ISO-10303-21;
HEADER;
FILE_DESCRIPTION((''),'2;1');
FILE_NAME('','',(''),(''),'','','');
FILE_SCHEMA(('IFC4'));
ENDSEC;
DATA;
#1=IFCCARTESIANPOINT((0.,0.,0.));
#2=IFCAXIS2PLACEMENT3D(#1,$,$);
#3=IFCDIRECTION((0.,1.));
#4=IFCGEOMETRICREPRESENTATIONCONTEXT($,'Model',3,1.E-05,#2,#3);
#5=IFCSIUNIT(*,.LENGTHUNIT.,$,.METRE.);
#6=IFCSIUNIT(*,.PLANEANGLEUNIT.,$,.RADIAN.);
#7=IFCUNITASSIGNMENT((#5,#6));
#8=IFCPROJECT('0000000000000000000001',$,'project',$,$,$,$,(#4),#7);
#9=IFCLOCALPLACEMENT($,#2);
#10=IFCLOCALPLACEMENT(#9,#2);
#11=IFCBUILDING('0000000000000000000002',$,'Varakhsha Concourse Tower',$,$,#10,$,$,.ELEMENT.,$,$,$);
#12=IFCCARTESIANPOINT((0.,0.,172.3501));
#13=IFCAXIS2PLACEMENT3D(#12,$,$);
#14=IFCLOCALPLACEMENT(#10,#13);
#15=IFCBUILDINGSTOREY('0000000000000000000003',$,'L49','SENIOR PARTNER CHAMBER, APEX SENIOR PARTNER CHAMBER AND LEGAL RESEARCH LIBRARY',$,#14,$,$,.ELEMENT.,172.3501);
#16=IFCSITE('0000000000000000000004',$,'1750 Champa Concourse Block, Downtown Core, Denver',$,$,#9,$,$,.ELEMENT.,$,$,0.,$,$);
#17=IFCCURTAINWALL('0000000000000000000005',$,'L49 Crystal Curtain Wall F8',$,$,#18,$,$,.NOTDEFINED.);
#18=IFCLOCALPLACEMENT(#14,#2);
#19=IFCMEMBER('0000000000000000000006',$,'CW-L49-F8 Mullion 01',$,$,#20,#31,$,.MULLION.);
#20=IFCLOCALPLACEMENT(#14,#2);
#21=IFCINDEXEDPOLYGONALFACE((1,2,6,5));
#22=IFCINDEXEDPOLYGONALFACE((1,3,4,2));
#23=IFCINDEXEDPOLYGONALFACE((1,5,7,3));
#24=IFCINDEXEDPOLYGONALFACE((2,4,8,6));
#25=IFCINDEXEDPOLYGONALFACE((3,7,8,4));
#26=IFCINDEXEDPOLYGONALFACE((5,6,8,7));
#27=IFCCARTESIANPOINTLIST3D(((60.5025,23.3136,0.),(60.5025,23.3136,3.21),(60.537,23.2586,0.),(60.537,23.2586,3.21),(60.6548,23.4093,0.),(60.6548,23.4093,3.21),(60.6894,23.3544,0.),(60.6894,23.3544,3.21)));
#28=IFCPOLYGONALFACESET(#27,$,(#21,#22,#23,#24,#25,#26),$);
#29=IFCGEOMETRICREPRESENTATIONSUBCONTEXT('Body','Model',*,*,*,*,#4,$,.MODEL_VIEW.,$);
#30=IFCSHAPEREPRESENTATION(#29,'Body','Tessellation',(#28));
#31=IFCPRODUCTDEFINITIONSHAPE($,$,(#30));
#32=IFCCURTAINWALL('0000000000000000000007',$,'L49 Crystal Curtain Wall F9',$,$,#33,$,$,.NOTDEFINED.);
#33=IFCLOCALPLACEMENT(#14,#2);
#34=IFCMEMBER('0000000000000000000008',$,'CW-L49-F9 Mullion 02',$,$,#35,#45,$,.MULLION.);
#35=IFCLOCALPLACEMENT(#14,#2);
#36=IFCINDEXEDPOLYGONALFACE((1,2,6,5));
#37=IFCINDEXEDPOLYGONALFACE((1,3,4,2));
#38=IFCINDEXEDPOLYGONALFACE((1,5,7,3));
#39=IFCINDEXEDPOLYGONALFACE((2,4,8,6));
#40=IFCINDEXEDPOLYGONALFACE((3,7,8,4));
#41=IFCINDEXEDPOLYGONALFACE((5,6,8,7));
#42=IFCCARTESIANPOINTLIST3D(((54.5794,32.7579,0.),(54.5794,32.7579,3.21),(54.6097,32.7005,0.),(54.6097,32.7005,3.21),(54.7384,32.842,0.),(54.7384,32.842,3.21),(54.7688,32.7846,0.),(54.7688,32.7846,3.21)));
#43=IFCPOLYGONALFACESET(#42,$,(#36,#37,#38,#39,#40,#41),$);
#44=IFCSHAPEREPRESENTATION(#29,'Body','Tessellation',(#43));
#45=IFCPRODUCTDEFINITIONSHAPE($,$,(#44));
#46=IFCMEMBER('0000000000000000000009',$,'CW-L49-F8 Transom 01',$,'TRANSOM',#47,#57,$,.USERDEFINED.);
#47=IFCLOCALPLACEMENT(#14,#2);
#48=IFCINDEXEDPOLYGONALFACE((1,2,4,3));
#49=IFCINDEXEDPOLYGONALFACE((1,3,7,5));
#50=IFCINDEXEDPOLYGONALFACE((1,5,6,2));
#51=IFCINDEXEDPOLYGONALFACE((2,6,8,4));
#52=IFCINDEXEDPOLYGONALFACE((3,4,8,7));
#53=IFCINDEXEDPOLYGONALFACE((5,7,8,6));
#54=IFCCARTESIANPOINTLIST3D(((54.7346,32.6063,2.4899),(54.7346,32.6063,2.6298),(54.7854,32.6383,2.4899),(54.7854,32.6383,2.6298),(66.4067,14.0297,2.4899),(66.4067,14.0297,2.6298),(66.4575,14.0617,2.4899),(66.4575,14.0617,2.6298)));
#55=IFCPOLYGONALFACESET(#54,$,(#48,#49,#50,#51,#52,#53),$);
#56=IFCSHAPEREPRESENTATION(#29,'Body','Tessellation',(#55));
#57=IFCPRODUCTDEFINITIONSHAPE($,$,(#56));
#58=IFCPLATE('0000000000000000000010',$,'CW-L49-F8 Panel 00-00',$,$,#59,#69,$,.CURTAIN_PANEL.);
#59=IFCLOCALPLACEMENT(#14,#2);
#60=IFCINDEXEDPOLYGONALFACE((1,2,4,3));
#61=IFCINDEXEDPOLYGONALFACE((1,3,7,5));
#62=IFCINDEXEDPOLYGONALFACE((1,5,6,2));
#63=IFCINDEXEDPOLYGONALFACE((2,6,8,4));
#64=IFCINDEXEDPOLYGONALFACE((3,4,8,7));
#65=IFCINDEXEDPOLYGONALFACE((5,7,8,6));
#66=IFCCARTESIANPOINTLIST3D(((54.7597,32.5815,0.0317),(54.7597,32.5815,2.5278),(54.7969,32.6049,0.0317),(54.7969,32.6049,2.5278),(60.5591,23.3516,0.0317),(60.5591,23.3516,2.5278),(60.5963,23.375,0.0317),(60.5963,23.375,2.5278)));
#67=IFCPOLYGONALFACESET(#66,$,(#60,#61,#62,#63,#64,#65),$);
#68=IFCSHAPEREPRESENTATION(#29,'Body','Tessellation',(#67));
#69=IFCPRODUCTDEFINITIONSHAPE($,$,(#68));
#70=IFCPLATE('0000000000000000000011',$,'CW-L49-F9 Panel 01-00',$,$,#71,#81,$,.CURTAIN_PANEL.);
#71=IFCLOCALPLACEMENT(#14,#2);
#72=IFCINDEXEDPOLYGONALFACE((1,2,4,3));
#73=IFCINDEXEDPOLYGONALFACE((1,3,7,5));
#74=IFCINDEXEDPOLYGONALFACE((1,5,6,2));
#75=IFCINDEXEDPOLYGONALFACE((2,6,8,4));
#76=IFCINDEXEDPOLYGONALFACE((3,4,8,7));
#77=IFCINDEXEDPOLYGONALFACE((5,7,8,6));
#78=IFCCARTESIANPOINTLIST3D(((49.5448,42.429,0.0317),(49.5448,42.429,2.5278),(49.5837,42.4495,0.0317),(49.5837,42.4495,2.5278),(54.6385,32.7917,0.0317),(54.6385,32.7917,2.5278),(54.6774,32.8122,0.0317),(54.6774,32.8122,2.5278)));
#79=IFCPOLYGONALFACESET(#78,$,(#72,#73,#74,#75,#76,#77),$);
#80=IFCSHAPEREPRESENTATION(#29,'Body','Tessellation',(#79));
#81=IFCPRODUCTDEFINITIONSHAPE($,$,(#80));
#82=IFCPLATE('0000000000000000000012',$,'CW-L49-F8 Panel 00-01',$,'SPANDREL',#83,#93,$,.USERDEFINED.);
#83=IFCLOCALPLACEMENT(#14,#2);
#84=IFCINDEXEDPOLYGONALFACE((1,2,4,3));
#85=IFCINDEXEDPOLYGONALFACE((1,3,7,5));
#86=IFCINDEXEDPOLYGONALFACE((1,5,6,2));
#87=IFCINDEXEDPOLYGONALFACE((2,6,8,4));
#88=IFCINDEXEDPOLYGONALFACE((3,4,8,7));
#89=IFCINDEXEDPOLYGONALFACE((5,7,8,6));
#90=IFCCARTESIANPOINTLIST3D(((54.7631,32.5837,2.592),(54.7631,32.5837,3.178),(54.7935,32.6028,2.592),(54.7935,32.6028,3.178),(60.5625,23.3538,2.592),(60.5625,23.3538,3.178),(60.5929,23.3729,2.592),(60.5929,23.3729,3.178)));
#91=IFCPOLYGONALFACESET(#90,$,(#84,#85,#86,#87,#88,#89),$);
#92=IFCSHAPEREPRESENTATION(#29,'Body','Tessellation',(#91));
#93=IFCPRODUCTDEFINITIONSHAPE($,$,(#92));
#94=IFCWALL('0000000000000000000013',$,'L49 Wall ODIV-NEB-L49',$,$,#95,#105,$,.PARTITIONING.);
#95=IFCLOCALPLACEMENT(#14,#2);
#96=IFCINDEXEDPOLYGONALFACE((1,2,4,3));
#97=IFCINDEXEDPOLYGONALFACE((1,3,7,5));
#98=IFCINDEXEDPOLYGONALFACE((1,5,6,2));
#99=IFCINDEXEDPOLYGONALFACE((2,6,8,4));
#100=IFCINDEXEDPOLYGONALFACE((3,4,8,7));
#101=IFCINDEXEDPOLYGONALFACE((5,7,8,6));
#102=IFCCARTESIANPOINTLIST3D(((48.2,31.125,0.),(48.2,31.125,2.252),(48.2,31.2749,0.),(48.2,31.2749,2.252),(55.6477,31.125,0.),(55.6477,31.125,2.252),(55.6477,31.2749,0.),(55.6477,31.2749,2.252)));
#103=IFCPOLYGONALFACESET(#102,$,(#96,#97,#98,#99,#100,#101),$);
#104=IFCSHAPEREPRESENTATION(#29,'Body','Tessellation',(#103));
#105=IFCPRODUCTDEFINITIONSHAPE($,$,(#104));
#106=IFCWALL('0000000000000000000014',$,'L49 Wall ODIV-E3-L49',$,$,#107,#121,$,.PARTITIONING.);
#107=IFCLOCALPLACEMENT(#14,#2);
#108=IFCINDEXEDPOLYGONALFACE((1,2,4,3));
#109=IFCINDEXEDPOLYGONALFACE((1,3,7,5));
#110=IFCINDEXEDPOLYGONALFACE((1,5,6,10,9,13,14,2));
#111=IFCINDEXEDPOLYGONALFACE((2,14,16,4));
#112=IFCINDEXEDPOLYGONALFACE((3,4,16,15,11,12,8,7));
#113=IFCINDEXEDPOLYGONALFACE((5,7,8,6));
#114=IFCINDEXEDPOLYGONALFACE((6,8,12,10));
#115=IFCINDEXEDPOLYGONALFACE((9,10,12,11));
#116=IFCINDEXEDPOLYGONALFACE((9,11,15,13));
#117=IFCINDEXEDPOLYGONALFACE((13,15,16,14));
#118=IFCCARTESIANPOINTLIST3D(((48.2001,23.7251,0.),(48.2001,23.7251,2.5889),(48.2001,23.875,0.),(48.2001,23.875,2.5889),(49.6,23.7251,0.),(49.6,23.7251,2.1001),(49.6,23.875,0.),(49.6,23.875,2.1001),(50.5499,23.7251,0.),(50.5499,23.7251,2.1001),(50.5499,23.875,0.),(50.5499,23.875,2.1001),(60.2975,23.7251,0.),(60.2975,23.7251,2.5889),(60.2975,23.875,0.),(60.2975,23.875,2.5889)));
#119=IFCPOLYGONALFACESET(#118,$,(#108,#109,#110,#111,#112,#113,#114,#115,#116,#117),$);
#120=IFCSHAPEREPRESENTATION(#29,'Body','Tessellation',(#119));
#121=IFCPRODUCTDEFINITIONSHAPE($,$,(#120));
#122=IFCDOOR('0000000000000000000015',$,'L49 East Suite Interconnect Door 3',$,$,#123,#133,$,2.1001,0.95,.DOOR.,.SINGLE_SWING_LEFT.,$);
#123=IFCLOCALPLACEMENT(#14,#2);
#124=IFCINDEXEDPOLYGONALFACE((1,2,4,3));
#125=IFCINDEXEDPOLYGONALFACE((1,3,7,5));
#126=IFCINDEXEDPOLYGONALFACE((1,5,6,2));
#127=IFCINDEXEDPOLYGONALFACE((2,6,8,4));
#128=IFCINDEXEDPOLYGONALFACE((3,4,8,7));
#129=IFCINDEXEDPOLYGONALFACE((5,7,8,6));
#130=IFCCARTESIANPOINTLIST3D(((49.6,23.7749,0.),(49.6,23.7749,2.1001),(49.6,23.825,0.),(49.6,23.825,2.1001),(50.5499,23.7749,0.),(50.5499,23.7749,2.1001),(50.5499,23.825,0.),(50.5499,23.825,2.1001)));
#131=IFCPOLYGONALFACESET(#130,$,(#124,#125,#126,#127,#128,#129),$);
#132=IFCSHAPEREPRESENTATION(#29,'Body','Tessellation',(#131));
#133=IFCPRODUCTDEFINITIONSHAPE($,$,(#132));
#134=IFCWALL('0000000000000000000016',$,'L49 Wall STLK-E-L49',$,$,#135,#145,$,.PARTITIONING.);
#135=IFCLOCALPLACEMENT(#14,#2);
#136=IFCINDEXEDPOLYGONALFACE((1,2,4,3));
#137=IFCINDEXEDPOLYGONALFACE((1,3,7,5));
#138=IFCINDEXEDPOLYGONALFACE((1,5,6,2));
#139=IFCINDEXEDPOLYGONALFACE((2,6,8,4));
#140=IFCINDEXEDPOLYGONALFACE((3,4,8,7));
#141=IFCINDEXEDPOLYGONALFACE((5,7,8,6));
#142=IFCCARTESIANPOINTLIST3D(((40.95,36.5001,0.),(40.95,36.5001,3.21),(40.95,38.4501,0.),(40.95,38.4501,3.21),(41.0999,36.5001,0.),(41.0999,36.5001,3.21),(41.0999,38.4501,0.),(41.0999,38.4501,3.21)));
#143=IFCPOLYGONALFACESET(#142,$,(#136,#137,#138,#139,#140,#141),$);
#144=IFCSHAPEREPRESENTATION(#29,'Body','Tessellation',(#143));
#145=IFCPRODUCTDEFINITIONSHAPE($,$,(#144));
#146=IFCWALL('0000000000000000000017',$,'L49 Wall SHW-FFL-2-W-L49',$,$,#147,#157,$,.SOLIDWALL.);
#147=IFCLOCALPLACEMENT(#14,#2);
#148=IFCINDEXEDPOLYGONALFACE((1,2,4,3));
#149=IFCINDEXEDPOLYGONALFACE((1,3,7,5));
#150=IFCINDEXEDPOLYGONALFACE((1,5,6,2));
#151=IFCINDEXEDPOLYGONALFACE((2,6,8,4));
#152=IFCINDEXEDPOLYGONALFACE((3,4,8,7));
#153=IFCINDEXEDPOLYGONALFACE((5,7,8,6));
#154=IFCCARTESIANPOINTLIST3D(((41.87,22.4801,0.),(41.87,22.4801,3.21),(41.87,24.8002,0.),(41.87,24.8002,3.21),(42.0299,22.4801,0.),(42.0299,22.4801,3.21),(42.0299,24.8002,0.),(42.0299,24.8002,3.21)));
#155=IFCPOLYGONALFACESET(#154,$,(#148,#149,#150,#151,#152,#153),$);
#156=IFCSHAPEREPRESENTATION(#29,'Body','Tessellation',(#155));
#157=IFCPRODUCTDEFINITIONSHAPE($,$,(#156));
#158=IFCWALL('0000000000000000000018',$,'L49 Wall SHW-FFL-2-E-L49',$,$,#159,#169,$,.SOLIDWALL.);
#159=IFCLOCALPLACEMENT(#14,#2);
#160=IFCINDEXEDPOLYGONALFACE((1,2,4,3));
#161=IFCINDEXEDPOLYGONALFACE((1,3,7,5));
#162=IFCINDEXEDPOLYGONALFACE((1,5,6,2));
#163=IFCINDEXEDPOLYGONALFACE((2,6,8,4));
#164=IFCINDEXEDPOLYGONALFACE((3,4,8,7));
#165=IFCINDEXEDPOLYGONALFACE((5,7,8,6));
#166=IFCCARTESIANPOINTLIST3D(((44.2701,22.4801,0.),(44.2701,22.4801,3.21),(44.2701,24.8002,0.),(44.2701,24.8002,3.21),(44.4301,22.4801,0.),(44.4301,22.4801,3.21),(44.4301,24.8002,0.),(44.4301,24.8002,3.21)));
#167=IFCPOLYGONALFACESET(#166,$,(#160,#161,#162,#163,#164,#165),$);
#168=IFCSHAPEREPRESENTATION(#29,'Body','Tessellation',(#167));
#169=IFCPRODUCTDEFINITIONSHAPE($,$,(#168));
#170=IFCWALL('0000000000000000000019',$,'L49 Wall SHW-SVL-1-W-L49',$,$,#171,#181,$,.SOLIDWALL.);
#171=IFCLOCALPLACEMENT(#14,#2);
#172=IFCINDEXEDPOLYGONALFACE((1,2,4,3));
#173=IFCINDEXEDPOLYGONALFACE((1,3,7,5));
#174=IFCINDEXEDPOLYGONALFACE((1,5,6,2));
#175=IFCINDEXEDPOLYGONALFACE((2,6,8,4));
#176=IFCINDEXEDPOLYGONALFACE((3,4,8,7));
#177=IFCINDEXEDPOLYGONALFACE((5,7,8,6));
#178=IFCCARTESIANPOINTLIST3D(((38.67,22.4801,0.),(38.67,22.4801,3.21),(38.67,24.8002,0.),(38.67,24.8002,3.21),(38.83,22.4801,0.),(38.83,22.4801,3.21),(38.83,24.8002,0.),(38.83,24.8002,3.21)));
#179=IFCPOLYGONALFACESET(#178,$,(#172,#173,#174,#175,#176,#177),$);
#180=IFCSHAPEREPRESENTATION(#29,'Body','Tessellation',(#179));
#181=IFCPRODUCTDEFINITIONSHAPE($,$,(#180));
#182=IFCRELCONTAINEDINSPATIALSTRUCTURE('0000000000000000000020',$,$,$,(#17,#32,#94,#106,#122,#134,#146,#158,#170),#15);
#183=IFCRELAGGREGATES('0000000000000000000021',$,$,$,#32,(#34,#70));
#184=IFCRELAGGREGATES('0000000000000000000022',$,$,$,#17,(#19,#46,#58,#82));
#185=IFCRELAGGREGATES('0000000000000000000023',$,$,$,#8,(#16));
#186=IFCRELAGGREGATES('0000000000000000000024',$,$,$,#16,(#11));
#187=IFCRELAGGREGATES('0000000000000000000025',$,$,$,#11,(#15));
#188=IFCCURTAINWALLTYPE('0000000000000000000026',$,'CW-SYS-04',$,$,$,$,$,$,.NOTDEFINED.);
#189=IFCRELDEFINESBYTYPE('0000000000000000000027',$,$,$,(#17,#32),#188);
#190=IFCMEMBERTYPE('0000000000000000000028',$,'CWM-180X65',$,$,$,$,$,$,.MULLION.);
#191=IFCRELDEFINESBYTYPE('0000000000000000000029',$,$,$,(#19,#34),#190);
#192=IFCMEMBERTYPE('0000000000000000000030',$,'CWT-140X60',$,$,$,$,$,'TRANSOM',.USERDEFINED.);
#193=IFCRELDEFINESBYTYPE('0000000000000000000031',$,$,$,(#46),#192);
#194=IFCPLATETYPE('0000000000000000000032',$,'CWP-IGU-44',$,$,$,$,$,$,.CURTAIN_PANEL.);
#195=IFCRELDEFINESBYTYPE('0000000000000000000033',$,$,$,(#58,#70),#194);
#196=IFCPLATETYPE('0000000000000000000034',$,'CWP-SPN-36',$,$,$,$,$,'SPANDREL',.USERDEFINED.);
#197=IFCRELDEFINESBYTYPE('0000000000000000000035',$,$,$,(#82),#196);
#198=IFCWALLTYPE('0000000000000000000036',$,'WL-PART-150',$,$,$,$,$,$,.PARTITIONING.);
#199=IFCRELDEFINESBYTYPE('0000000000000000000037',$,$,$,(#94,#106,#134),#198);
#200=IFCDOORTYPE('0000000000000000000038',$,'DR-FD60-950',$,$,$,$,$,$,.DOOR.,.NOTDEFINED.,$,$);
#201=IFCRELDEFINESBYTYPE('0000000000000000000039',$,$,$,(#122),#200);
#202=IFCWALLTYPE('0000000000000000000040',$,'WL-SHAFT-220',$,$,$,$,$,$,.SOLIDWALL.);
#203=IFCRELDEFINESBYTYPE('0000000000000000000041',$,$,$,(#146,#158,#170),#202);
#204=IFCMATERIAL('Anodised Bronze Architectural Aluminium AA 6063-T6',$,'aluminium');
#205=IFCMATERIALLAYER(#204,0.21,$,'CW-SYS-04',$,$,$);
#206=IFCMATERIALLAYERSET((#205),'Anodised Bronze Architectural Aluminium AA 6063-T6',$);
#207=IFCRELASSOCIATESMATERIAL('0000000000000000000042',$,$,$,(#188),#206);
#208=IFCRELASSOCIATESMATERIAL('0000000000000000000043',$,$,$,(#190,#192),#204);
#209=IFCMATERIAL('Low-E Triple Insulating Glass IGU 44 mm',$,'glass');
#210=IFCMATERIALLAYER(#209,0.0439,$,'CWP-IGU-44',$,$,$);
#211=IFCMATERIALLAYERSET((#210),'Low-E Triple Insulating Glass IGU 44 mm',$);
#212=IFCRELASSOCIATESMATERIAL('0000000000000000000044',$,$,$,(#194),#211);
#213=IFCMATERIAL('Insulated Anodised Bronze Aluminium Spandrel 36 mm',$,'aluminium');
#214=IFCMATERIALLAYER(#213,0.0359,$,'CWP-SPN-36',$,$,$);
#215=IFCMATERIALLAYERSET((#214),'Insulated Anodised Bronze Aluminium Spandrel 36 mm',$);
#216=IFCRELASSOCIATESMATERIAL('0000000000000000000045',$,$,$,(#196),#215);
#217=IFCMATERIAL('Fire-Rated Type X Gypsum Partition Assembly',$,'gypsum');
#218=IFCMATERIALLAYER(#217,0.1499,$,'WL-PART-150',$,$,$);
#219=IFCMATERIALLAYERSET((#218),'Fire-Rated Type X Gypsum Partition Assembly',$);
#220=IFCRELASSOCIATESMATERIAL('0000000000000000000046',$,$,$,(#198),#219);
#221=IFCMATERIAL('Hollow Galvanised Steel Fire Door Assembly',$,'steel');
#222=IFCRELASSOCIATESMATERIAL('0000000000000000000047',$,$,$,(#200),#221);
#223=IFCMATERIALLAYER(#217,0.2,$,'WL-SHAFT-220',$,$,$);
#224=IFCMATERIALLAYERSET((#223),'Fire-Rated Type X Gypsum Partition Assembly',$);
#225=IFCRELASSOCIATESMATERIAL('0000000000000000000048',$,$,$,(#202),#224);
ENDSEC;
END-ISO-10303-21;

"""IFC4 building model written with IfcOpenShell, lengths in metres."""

from ifc_helpers import new_model, si_unit, direction, frame, frame_2d, origin, origin_2d, place, context, subcontext, project, spatial, rectangle, extrude, source, transform, mapped, material, layer, layer_set, material_profile, profile_set, type_object, type_shapes, element, fill, aggregate, save


model = new_model("IFC4")

# Units and contexts
model_context = context("Model", 3, precision=1e-05, world=origin(), true_north=direction((0.0, 1.0)))
body_context = subcontext(model_context, "Body", "Model", "MODEL_VIEW")
ifc_project = project(units=[si_unit("LENGTHUNIT", "METRE"), si_unit("PLANEANGLEUNIT", "RADIAN")], contexts=[model_context])

# Site, building, storey
site_placement = place(None, origin())
site = spatial("IfcSite", under=ifc_project, at=site_placement, Name="1750 Champa Concourse Block, Downtown Core, Denver", CompositionType="ELEMENT", RefElevation=0.0)
building_placement = place(site_placement, origin())
building = spatial("IfcBuilding", under=site, at=building_placement, Name="Varakhsha Concourse Tower", CompositionType="ELEMENT")
storey_placement = place(building_placement, frame((0.0, 0.0, 172.3501)))
storey = spatial("IfcBuildingStorey", under=building, at=storey_placement, Name="L49", Description="SENIOR PARTNER CHAMBER, APEX SENIOR PARTNER CHAMBER AND LEGAL RESEARCH LIBRARY", CompositionType="ELEMENT", Elevation=172.3501)

# Curtain wall, member
ifc_material_1 = material(Name="Anodised Bronze Architectural Aluminium AA 6063-T6", Category="aluminium")
ifc_layer_1 = layer(ifc_material_1, 0.21, Name="CW-SYS-04")
ifc_layer_set_1 = layer_set([ifc_layer_1], Name="Anodised Bronze Architectural Aluminium AA 6063-T6")
curtain_wall_type = type_object("IfcCurtainWallType", Name="CW-SYS-04", PredefinedType="NOTDEFINED", material=ifc_layer_set_1)
curtain_wall_1_placement = place(storey_placement, origin())
curtain_wall_1 = element("IfcCurtainWall", 1, at=curtain_wall_1_placement, inside=storey, type_object=curtain_wall_type, Name="L49 Crystal Curtain Wall F8", PredefinedType="NOTDEFINED")
ifc_material_profile_1 = material_profile(ifc_material_1, rectangle(XDim=0.0649, YDim=0.1799, at=origin_2d()), Name="CWM-180X65")
ifc_profile_set_1 = profile_set([ifc_material_profile_1], Name="Anodised Bronze Architectural Aluminium AA 6063-T6")
member_type_1 = type_object("IfcMemberType", Name="CWM-180X65", PredefinedType="MULLION", material=ifc_profile_set_1)
shared_shape_1 = source(origin(), body_context, "Body", "SweptSolid", [
    extrude(rectangle(XDim=0.0649, YDim=0.1799, at=origin_2d()), origin(), (0.0, 0.0, 1.0), 3.21),
])
type_shapes(member_type_1, [shared_shape_1])
member_1_placement = place(storey_placement, frame((60.5959, 23.334, 0.0), z_axis=(0.0, 0.0, 1.0), x_axis=(0.532022, -0.84673, 0.0)))
member_1 = element("IfcMember", 2, at=member_1_placement, type_object=member_type_1, Name="CW-L49-F8 Mullion 01", PredefinedType="MULLION", context=body_context, shape_type="MappedRepresentation", body=[
    mapped(shared_shape_1, transform((0.0, 0.0, 0.0), scale=1.0)),
])

# Curtain wall, member
curtain_wall_2_placement = place(storey_placement, origin())
curtain_wall_2 = element("IfcCurtainWall", 3, at=curtain_wall_2_placement, inside=storey, type_object=curtain_wall_type, Name="L49 Crystal Curtain Wall F9", PredefinedType="NOTDEFINED")
member_2_placement = place(storey_placement, frame((54.6741, 32.7712, 0.0), z_axis=(0.0, 0.0, 1.0), x_axis=(0.467286, -0.884106, 0.0)))
member_2 = element("IfcMember", 4, at=member_2_placement, type_object=member_type_1, Name="CW-L49-F9 Mullion 02", PredefinedType="MULLION", context=body_context, shape_type="MappedRepresentation", body=[
    mapped(shared_shape_1, transform((0.0, 0.0, 0.0), scale=1.0)),
])

# Member
ifc_material_profile_2 = material_profile(ifc_material_1, rectangle(XDim=0.0601, YDim=0.1399, at=origin_2d()), Name="CWT-140X60")
ifc_profile_set_2 = profile_set([ifc_material_profile_2], Name="Anodised Bronze Architectural Aluminium AA 6063-T6")
member_type_2 = type_object("IfcMemberType", Name="CWT-140X60", ElementType="TRANSOM", PredefinedType="USERDEFINED", material=ifc_profile_set_2)
shared_shape_2 = source(origin(), body_context, "Body", "SweptSolid", [
    extrude(rectangle(XDim=0.0601, YDim=0.1399, at=origin_2d()), origin(), (0.0, 0.0, 1.0), 21.9392),
])
type_shapes(member_type_2, [shared_shape_2])
member_3_placement = place(storey_placement, frame((54.76, 32.6223, 2.5598), z_axis=(0.53202, -0.846732, 0.0), x_axis=(0.846732, 0.53202, 0.0)))
member_3 = element("IfcMember", 5, at=member_3_placement, type_object=member_type_2, Name="CW-L49-F8 Transom 01", ObjectType="TRANSOM", PredefinedType="USERDEFINED", context=body_context, shape_type="MappedRepresentation", body=[
    mapped(shared_shape_2, transform((0.0, 0.0, 0.0), scale=1.0)),
])

# Plates
ifc_material_2 = material(Name="Low-E Triple Insulating Glass IGU 44 mm", Category="glass")
ifc_layer_2 = layer(ifc_material_2, 0.0439, Name="CWP-IGU-44")
ifc_layer_set_2 = layer_set([ifc_layer_2], Name="Low-E Triple Insulating Glass IGU 44 mm")
plate_type_1 = type_object("IfcPlateType", Name="CWP-IGU-44", PredefinedType="CURTAIN_PANEL", material=ifc_layer_set_2)
shared_shape_3 = source(origin(), body_context, "Body", "SweptSolid", [
    extrude(rectangle(XDim=10.9006, YDim=0.0439, at=origin_2d()), origin(), (0.0, 0.0, 1.0), 2.4961),
])
type_shapes(plate_type_1, [shared_shape_3])
plate_1_placement = place(storey_placement, frame((57.678, 27.9783, 0.0317), z_axis=(0.0, 0.0, 1.0), x_axis=(0.532022, -0.84673, 0.0)))
plate_1 = element("IfcPlate", 6, at=plate_1_placement, type_object=plate_type_1, Name="CW-L49-F8 Panel 00-00", PredefinedType="CURTAIN_PANEL", context=body_context, shape_type="MappedRepresentation", body=[
    mapped(shared_shape_3, transform((0.0, 0.0, 0.0), scale=1.0)),
])
plate_2_placement = place(storey_placement, frame((52.1111, 37.6206, 0.0317), z_axis=(0.0, 0.0, 1.0), x_axis=(0.467286, -0.884106, 0.0)))
plate_2 = element("IfcPlate", 7, at=plate_2_placement, type_object=plate_type_1, Name="CW-L49-F9 Panel 01-00", PredefinedType="CURTAIN_PANEL", context=body_context, shape_type="MappedRepresentation", body=[
    mapped(shared_shape_3, transform((0.0, 0.0, 0.0), scale=1.0)),
])
aggregate(curtain_wall_2, [member_2, plate_2])
ifc_material_3 = material(Name="Insulated Anodised Bronze Aluminium Spandrel 36 mm", Category="aluminium")
ifc_layer_3 = layer(ifc_material_3, 0.0359, Name="CWP-SPN-36")
ifc_layer_set_3 = layer_set([ifc_layer_3], Name="Insulated Anodised Bronze Aluminium Spandrel 36 mm")
plate_type_2 = type_object("IfcPlateType", Name="CWP-SPN-36", ElementType="SPANDREL", PredefinedType="USERDEFINED", material=ifc_layer_set_3)
shared_shape_4 = source(origin(), body_context, "Body", "SweptSolid", [
    extrude(rectangle(XDim=10.9006, YDim=0.0359, at=origin_2d()), origin(), (0.0, 0.0, 1.0), 0.5859),
])
type_shapes(plate_type_2, [shared_shape_4])
plate_3_placement = place(storey_placement, frame((57.678, 27.9783, 2.592), z_axis=(0.0, 0.0, 1.0), x_axis=(0.532022, -0.84673, 0.0)))
plate_3 = element("IfcPlate", 8, at=plate_3_placement, type_object=plate_type_2, Name="CW-L49-F8 Panel 00-01", ObjectType="SPANDREL", PredefinedType="USERDEFINED", context=body_context, shape_type="MappedRepresentation", body=[
    mapped(shared_shape_4, transform((0.0, 0.0, 0.0), scale=1.0)),
])
aggregate(curtain_wall_1, [member_1, member_3, plate_1, plate_3])

# Wall
ifc_material_4 = material(Name="Fire-Rated Type X Gypsum Partition Assembly", Category="gypsum")
ifc_layer_4 = layer(ifc_material_4, 0.1499, Name="WL-PART-150")
ifc_layer_set_4 = layer_set([ifc_layer_4], Name="Fire-Rated Type X Gypsum Partition Assembly")
wall_type_1 = type_object("IfcWallType", Name="WL-PART-150", PredefinedType="PARTITIONING", material=ifc_layer_set_4)
wall_1_placement = place(storey_placement, frame((48.2, 31.2, 0.0), z_axis=(0.0, 0.0, 1.0), x_axis=(1.0, 0.0, 0.0)))
element("IfcWall", 9, at=wall_1_placement, inside=storey, type_object=wall_type_1, Name="L49 Wall ODIV-NEB-L49", PredefinedType="PARTITIONING", context=body_context, shape_type="SweptSolid", body=[
    extrude(rectangle(XDim=7.4478, YDim=0.1499, at=frame_2d((3.7239, 0.0))), origin(), (0.0, 0.0, 1.0), 2.252),
])

# Wall, opening, door
wall_2_placement = place(storey_placement, frame((48.2, 23.8, 0.0), z_axis=(0.0, 0.0, 1.0), x_axis=(1.0, 0.0, 0.0)))
wall_2 = element("IfcWall", 10, at=wall_2_placement, inside=storey, type_object=wall_type_1, Name="L49 Wall ODIV-E3-L49", PredefinedType="PARTITIONING", context=body_context, shape_type="SweptSolid", body=[
    extrude(rectangle(XDim=12.0974, YDim=0.1499, at=frame_2d((6.0488, 0.0))), origin(), (0.0, 0.0, 1.0), 2.5889),
])
opening_placement = place(wall_2_placement, frame((1.3999, 0.0, 0.0)))
opening = element("IfcOpeningElement", 11, at=opening_placement, cuts=wall_2, PredefinedType="OPENING", context=body_context, shape_type="SweptSolid", body=[
    extrude(rectangle(XDim=0.95, YDim=2.1001, at=frame_2d((0.4751, 1.05))), frame((0.0, 0.085, 0.0), z_axis=(0.0, -1.0, 0.0), x_axis=(1.0, 0.0, 0.0)), (0.0, 0.0, 1.0), 0.1699),
])
ifc_material_5 = material(Name="Hollow Galvanised Steel Fire Door Assembly", Category="steel")
door_type = type_object("IfcDoorType", Name="DR-FD60-950", OperationType="NOTDEFINED", PredefinedType="DOOR", material=ifc_material_5)
door_placement = place(opening_placement, origin())
door = element("IfcDoor", 12, at=door_placement, inside=storey, type_object=door_type, Name="L49 East Suite Interconnect Door 3", OperationType="SINGLE_SWING_LEFT", OverallHeight=2.1001, OverallWidth=0.95, PredefinedType="DOOR", context=body_context, shape_type="SweptSolid", body=[
    extrude(rectangle(XDim=0.95, YDim=2.1001, at=frame_2d((0.4751, 1.05))), frame((0.0, 0.0249, 0.0), z_axis=(0.0, -1.0, 0.0), x_axis=(1.0, 0.0, 0.0)), (0.0, 0.0, 1.0), 0.05),
])
fill(opening, door)

# Walls
wall_3_placement = place(storey_placement, frame((41.0249, 36.5, 0.0), z_axis=(0.0, 0.0, 1.0), x_axis=(0.0, 1.0, 0.0)))
element("IfcWall", 13, at=wall_3_placement, inside=storey, type_object=wall_type_1, Name="L49 Wall STLK-E-L49", PredefinedType="PARTITIONING", context=body_context, shape_type="SweptSolid", body=[
    extrude(rectangle(XDim=1.95, YDim=0.1499, at=frame_2d((0.9751, 0.0))), origin(), (0.0, 0.0, 1.0), 3.21),
])
ifc_layer_5 = layer(ifc_material_4, 0.2, Name="WL-SHAFT-220")
ifc_layer_set_5 = layer_set([ifc_layer_5], Name="Fire-Rated Type X Gypsum Partition Assembly")
wall_type_2 = type_object("IfcWallType", Name="WL-SHAFT-220", PredefinedType="SOLIDWALL", material=ifc_layer_set_5)
for number, where, z_axis, x_axis, name in (
    (14, (41.95, 22.48, 0.0), (0.0, 0.0, 1.0), (0.0, 1.0, 0.0), "L49 Wall SHW-FFL-2-W-L49"),
    (15, (44.3501, 22.48, 0.0), (0.0, 0.0, 1.0), (0.0, 1.0, 0.0), "L49 Wall SHW-FFL-2-E-L49"),
    (16, (38.75, 22.48, 0.0), (0.0, 0.0, 1.0), (0.0, 1.0, 0.0), "L49 Wall SHW-SVL-1-W-L49"),
):
    element("IfcWall", number, at=place(storey_placement, frame(where, z_axis=z_axis, x_axis=x_axis)), inside=storey, type_object=wall_type_2, Name=name, PredefinedType="SOLIDWALL", context=body_context, shape_type="SweptSolid", body=[
        extrude(rectangle(XDim=2.3201, YDim=0.1599, at=frame_2d((1.1602, 0.0))), origin(), (0.0, 0.0, 1.0), 3.21),
    ])

save(model, "model.ifc")
